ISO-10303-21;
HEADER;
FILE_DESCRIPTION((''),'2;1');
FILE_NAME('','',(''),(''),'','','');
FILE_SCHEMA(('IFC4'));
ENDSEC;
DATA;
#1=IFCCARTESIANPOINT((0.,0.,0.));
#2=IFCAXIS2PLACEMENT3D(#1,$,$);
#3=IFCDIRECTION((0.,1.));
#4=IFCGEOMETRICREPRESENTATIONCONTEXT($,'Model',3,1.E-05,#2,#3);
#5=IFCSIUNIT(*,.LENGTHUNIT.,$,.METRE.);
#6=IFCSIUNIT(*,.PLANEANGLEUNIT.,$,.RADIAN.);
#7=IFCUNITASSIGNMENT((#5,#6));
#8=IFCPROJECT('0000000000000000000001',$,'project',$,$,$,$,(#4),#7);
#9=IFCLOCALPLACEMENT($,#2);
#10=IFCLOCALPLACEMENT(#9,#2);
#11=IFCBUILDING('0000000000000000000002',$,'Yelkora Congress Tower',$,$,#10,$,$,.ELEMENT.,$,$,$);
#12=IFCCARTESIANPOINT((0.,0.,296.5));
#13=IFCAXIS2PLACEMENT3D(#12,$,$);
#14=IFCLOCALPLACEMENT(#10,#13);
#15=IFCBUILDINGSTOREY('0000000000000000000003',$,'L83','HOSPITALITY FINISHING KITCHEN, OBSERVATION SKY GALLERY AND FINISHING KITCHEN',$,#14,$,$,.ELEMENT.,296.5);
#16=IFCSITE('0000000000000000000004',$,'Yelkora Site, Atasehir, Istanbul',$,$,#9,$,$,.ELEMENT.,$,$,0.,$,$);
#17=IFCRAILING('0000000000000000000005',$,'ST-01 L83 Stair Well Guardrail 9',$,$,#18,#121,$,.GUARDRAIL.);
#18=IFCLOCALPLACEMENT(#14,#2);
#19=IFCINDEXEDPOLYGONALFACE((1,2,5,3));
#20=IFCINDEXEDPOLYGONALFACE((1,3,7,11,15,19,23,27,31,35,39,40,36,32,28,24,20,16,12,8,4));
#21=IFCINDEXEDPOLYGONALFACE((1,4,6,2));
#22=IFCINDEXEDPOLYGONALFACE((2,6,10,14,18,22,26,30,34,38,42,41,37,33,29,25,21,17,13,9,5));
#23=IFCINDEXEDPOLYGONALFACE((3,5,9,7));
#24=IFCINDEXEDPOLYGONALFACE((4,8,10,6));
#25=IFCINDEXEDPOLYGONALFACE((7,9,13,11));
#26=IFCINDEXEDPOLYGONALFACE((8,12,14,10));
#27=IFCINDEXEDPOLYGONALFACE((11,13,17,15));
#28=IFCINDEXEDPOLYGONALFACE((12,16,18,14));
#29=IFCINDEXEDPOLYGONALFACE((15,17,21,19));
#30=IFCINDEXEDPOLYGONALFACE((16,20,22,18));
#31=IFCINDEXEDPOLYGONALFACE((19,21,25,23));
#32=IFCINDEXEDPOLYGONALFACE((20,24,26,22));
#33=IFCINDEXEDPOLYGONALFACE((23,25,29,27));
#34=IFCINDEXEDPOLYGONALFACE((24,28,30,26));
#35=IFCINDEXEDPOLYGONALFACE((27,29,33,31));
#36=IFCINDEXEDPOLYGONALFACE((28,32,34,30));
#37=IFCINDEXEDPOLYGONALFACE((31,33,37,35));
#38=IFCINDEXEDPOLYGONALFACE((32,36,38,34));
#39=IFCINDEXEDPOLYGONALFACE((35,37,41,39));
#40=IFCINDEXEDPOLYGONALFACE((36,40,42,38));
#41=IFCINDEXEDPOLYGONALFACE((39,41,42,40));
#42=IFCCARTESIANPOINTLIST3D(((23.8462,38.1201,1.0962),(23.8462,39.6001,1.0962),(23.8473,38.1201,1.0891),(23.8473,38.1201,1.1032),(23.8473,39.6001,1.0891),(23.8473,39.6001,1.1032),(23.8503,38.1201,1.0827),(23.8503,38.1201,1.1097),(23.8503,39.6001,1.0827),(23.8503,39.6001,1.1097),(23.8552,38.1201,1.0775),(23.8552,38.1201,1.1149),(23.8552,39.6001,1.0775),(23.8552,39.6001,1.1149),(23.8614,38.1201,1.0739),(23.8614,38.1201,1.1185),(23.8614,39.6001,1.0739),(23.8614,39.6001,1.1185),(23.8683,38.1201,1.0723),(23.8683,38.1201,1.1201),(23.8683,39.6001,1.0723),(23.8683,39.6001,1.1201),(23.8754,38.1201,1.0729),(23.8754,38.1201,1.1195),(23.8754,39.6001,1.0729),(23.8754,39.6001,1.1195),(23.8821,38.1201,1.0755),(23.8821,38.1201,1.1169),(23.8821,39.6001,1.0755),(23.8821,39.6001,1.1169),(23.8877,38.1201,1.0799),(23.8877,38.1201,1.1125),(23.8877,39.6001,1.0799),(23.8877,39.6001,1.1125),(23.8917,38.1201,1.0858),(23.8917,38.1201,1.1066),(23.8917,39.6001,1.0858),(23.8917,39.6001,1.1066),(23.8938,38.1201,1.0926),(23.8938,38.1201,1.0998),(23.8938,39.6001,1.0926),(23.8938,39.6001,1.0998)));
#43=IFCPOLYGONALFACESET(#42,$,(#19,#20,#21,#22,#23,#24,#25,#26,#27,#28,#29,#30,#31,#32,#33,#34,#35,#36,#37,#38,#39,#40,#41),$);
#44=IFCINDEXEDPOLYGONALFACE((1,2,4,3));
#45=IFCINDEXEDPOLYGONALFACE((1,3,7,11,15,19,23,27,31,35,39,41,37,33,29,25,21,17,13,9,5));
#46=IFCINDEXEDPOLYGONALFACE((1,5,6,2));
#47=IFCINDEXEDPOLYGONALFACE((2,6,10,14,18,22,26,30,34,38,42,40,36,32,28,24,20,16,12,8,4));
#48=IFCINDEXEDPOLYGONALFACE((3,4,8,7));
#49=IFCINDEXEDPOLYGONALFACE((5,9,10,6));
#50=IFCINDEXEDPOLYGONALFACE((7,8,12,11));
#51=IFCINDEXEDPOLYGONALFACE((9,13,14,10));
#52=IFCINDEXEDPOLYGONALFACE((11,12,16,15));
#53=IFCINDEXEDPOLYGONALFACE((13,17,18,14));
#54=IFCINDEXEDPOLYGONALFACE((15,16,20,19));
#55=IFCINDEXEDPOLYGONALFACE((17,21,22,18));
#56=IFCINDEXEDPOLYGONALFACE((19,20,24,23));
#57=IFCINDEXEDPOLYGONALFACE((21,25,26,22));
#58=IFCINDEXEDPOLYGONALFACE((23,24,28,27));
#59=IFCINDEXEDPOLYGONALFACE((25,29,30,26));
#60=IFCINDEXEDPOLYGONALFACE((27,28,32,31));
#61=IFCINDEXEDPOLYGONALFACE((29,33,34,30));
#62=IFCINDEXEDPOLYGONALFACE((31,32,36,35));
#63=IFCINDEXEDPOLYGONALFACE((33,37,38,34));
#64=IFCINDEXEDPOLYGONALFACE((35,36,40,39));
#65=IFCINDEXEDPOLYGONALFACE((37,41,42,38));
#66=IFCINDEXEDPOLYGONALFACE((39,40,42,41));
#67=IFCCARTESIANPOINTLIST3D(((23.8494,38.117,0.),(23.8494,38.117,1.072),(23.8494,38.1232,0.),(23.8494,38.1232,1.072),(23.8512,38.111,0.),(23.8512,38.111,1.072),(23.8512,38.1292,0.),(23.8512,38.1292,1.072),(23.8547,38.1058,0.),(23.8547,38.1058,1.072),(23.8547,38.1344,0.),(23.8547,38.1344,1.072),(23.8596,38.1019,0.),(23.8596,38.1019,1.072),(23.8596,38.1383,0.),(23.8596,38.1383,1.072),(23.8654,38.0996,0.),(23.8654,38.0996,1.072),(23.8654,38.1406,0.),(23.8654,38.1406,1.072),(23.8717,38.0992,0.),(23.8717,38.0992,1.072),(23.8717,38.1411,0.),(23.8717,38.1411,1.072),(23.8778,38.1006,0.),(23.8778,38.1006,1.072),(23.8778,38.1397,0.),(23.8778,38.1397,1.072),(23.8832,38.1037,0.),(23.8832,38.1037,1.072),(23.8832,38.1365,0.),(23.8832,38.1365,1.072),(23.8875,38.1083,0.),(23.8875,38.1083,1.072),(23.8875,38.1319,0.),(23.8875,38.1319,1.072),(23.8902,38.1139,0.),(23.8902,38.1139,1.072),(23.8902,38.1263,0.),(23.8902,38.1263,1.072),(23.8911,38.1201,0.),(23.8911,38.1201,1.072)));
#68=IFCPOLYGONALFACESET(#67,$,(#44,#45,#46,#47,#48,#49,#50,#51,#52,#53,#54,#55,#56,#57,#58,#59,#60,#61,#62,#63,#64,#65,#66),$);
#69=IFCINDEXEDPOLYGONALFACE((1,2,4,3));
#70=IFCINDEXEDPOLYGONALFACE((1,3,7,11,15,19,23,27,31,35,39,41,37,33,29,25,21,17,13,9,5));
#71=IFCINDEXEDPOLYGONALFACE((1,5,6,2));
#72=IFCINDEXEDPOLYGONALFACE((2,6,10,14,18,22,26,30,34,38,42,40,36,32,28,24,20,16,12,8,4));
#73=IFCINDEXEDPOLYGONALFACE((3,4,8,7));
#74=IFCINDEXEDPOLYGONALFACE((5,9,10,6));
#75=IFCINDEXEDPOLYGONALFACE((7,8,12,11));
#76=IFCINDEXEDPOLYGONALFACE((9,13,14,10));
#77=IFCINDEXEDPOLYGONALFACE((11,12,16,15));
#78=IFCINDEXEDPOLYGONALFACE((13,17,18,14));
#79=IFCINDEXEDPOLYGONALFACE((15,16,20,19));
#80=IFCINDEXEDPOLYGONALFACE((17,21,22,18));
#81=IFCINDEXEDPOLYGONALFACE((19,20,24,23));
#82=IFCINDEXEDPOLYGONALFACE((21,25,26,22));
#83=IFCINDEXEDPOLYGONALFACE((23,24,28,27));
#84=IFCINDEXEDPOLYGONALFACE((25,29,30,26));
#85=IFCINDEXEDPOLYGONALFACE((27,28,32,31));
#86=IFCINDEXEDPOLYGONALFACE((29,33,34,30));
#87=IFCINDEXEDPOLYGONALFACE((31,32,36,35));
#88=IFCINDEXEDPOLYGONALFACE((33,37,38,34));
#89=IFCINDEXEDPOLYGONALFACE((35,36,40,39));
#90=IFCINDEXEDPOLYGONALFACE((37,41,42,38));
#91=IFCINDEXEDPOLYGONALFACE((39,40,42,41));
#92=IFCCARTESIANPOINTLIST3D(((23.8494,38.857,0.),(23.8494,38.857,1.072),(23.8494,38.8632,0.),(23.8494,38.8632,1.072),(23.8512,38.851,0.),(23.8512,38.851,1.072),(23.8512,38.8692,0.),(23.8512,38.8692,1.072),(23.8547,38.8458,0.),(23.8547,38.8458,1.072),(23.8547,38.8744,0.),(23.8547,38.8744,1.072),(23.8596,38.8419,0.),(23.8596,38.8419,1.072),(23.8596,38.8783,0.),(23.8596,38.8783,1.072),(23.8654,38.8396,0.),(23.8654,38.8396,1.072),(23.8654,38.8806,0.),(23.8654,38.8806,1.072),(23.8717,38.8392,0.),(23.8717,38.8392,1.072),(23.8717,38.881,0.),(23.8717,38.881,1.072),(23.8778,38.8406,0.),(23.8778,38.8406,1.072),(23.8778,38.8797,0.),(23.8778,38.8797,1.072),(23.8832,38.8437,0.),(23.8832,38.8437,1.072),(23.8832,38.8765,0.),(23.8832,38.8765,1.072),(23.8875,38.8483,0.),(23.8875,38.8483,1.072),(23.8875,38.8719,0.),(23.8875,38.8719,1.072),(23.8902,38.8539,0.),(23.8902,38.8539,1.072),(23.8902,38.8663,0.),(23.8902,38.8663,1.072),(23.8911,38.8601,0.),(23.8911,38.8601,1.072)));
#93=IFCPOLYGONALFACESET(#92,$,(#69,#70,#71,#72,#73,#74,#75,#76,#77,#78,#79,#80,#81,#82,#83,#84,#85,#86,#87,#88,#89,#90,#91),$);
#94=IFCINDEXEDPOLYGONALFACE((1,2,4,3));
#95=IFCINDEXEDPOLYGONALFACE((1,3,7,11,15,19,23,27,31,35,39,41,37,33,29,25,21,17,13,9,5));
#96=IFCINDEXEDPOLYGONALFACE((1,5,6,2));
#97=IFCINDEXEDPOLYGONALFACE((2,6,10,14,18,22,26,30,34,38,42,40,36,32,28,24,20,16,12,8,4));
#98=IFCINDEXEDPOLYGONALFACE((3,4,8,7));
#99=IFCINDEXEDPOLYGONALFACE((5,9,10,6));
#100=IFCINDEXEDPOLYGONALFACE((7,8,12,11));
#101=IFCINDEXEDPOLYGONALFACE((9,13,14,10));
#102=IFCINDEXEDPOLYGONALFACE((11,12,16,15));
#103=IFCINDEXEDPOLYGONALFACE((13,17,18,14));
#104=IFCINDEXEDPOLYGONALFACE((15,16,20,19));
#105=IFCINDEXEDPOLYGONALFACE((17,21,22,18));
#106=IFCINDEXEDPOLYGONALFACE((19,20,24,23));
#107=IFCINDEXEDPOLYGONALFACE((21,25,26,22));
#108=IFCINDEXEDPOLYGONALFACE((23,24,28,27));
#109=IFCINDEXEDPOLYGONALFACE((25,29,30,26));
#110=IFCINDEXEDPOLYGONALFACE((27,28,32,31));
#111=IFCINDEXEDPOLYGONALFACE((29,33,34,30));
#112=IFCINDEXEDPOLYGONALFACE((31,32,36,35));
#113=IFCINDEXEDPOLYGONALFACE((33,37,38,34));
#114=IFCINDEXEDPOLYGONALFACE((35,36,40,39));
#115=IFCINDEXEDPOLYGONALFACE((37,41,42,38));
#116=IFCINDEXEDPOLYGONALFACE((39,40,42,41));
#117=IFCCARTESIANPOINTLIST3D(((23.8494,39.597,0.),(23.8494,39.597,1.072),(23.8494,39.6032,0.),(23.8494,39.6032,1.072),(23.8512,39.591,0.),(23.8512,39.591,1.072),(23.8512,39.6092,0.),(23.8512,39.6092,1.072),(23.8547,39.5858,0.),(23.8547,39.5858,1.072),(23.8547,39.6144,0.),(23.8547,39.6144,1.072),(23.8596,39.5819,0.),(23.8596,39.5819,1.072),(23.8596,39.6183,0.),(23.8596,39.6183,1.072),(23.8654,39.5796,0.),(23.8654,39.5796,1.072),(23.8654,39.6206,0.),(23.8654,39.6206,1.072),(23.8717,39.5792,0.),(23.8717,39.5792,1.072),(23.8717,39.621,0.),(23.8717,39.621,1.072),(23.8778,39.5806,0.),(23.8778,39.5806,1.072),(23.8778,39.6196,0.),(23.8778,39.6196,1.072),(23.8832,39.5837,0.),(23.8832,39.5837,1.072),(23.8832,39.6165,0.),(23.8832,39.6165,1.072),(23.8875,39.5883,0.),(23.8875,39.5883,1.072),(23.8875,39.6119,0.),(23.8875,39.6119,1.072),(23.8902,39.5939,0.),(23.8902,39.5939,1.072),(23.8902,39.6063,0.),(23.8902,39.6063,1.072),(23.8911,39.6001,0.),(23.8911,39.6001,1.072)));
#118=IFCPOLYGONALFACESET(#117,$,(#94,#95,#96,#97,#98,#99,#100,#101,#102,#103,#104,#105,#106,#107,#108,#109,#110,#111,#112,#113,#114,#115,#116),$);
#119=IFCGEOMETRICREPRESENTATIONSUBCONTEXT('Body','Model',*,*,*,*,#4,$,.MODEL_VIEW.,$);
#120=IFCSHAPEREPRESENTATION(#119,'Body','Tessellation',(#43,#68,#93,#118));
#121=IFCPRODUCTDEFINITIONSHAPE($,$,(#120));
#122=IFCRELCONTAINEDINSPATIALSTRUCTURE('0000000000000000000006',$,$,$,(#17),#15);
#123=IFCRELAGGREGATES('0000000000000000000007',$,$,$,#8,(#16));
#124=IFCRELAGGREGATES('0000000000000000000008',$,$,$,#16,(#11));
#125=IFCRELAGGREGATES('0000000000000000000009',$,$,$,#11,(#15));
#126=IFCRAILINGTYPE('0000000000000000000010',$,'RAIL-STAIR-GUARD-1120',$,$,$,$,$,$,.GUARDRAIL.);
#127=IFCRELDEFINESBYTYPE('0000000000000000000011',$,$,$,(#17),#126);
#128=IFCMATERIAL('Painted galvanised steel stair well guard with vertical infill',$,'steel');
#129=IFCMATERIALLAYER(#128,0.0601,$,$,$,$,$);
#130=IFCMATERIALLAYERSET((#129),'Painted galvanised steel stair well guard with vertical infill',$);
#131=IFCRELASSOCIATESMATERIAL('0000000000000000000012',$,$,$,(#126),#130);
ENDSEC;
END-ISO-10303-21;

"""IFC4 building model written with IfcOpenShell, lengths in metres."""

from ifc_helpers import new_model, si_unit, direction, frame, origin, origin_2d, place, context, subcontext, project, spatial, circle, extrude, material, layer, layer_set, type_object, element, save


model = new_model("IFC4")

# Units and contexts
model_context = context("Model", 3, precision=1e-05, world=origin(), true_north=direction((0.0, 1.0)))
body_context = subcontext(model_context, "Body", "Model", "MODEL_VIEW")
ifc_project = project(units=[si_unit("LENGTHUNIT", "METRE"), si_unit("PLANEANGLEUNIT", "RADIAN")], contexts=[model_context])

# Site, building, storey
site_placement = place(None, origin())
site = spatial("IfcSite", under=ifc_project, at=site_placement, Name="Yelkora Site, Atasehir, Istanbul", CompositionType="ELEMENT", RefElevation=0.0)
building_placement = place(site_placement, origin())
building = spatial("IfcBuilding", under=site, at=building_placement, Name="Yelkora Congress Tower", CompositionType="ELEMENT")
storey_placement = place(building_placement, frame((0.0, 0.0, 296.5)))
storey = spatial("IfcBuildingStorey", under=building, at=storey_placement, Name="L83", Description="HOSPITALITY FINISHING KITCHEN, OBSERVATION SKY GALLERY AND FINISHING KITCHEN", CompositionType="ELEMENT", Elevation=296.5)

# Railing
ifc_material_1 = material(Name="Painted galvanised steel stair well guard with vertical infill", Category="steel")
ifc_layer_1 = layer(ifc_material_1, 0.0601)
ifc_layer_set_1 = layer_set([ifc_layer_1], Name="Painted galvanised steel stair well guard with vertical infill")
railing_type_1 = type_object("IfcRailingType", Name="RAIL-STAIR-GUARD-1120", PredefinedType="GUARDRAIL", material=ifc_layer_set_1)
for number, where, name in (
    (1, (23.8701, 38.1201, 0.0), "ST-01 L83 Stair Well Guardrail 9"),
):
    element("IfcRailing", number, at=place(storey_placement, frame(where)), inside=storey, type_object=railing_type_1, Name=name, PredefinedType="GUARDRAIL", context=body_context, shape_type="SweptSolid", body=[
        extrude(circle(Radius=0.0239, at=origin_2d()), frame((0.0, 0.0, 1.0962), z_axis=(0.0, 1.0, 0.0), x_axis=(-1.0, 0.0, 0.0)), (0.0, 0.0, 1.0), 1.48),
        extrude(circle(Radius=0.021, at=origin_2d()), origin(), (0.0, 0.0, 1.0), 1.072),
        extrude(circle(Radius=0.021, at=origin_2d()), frame((0.0, 0.74, 0.0)), (0.0, 0.0, 1.0), 1.072),
        extrude(circle(Radius=0.021, at=origin_2d()), frame((0.0, 1.48, 0.0)), (0.0, 0.0, 1.0), 1.072),
    ])

save(model, "model.ifc")
